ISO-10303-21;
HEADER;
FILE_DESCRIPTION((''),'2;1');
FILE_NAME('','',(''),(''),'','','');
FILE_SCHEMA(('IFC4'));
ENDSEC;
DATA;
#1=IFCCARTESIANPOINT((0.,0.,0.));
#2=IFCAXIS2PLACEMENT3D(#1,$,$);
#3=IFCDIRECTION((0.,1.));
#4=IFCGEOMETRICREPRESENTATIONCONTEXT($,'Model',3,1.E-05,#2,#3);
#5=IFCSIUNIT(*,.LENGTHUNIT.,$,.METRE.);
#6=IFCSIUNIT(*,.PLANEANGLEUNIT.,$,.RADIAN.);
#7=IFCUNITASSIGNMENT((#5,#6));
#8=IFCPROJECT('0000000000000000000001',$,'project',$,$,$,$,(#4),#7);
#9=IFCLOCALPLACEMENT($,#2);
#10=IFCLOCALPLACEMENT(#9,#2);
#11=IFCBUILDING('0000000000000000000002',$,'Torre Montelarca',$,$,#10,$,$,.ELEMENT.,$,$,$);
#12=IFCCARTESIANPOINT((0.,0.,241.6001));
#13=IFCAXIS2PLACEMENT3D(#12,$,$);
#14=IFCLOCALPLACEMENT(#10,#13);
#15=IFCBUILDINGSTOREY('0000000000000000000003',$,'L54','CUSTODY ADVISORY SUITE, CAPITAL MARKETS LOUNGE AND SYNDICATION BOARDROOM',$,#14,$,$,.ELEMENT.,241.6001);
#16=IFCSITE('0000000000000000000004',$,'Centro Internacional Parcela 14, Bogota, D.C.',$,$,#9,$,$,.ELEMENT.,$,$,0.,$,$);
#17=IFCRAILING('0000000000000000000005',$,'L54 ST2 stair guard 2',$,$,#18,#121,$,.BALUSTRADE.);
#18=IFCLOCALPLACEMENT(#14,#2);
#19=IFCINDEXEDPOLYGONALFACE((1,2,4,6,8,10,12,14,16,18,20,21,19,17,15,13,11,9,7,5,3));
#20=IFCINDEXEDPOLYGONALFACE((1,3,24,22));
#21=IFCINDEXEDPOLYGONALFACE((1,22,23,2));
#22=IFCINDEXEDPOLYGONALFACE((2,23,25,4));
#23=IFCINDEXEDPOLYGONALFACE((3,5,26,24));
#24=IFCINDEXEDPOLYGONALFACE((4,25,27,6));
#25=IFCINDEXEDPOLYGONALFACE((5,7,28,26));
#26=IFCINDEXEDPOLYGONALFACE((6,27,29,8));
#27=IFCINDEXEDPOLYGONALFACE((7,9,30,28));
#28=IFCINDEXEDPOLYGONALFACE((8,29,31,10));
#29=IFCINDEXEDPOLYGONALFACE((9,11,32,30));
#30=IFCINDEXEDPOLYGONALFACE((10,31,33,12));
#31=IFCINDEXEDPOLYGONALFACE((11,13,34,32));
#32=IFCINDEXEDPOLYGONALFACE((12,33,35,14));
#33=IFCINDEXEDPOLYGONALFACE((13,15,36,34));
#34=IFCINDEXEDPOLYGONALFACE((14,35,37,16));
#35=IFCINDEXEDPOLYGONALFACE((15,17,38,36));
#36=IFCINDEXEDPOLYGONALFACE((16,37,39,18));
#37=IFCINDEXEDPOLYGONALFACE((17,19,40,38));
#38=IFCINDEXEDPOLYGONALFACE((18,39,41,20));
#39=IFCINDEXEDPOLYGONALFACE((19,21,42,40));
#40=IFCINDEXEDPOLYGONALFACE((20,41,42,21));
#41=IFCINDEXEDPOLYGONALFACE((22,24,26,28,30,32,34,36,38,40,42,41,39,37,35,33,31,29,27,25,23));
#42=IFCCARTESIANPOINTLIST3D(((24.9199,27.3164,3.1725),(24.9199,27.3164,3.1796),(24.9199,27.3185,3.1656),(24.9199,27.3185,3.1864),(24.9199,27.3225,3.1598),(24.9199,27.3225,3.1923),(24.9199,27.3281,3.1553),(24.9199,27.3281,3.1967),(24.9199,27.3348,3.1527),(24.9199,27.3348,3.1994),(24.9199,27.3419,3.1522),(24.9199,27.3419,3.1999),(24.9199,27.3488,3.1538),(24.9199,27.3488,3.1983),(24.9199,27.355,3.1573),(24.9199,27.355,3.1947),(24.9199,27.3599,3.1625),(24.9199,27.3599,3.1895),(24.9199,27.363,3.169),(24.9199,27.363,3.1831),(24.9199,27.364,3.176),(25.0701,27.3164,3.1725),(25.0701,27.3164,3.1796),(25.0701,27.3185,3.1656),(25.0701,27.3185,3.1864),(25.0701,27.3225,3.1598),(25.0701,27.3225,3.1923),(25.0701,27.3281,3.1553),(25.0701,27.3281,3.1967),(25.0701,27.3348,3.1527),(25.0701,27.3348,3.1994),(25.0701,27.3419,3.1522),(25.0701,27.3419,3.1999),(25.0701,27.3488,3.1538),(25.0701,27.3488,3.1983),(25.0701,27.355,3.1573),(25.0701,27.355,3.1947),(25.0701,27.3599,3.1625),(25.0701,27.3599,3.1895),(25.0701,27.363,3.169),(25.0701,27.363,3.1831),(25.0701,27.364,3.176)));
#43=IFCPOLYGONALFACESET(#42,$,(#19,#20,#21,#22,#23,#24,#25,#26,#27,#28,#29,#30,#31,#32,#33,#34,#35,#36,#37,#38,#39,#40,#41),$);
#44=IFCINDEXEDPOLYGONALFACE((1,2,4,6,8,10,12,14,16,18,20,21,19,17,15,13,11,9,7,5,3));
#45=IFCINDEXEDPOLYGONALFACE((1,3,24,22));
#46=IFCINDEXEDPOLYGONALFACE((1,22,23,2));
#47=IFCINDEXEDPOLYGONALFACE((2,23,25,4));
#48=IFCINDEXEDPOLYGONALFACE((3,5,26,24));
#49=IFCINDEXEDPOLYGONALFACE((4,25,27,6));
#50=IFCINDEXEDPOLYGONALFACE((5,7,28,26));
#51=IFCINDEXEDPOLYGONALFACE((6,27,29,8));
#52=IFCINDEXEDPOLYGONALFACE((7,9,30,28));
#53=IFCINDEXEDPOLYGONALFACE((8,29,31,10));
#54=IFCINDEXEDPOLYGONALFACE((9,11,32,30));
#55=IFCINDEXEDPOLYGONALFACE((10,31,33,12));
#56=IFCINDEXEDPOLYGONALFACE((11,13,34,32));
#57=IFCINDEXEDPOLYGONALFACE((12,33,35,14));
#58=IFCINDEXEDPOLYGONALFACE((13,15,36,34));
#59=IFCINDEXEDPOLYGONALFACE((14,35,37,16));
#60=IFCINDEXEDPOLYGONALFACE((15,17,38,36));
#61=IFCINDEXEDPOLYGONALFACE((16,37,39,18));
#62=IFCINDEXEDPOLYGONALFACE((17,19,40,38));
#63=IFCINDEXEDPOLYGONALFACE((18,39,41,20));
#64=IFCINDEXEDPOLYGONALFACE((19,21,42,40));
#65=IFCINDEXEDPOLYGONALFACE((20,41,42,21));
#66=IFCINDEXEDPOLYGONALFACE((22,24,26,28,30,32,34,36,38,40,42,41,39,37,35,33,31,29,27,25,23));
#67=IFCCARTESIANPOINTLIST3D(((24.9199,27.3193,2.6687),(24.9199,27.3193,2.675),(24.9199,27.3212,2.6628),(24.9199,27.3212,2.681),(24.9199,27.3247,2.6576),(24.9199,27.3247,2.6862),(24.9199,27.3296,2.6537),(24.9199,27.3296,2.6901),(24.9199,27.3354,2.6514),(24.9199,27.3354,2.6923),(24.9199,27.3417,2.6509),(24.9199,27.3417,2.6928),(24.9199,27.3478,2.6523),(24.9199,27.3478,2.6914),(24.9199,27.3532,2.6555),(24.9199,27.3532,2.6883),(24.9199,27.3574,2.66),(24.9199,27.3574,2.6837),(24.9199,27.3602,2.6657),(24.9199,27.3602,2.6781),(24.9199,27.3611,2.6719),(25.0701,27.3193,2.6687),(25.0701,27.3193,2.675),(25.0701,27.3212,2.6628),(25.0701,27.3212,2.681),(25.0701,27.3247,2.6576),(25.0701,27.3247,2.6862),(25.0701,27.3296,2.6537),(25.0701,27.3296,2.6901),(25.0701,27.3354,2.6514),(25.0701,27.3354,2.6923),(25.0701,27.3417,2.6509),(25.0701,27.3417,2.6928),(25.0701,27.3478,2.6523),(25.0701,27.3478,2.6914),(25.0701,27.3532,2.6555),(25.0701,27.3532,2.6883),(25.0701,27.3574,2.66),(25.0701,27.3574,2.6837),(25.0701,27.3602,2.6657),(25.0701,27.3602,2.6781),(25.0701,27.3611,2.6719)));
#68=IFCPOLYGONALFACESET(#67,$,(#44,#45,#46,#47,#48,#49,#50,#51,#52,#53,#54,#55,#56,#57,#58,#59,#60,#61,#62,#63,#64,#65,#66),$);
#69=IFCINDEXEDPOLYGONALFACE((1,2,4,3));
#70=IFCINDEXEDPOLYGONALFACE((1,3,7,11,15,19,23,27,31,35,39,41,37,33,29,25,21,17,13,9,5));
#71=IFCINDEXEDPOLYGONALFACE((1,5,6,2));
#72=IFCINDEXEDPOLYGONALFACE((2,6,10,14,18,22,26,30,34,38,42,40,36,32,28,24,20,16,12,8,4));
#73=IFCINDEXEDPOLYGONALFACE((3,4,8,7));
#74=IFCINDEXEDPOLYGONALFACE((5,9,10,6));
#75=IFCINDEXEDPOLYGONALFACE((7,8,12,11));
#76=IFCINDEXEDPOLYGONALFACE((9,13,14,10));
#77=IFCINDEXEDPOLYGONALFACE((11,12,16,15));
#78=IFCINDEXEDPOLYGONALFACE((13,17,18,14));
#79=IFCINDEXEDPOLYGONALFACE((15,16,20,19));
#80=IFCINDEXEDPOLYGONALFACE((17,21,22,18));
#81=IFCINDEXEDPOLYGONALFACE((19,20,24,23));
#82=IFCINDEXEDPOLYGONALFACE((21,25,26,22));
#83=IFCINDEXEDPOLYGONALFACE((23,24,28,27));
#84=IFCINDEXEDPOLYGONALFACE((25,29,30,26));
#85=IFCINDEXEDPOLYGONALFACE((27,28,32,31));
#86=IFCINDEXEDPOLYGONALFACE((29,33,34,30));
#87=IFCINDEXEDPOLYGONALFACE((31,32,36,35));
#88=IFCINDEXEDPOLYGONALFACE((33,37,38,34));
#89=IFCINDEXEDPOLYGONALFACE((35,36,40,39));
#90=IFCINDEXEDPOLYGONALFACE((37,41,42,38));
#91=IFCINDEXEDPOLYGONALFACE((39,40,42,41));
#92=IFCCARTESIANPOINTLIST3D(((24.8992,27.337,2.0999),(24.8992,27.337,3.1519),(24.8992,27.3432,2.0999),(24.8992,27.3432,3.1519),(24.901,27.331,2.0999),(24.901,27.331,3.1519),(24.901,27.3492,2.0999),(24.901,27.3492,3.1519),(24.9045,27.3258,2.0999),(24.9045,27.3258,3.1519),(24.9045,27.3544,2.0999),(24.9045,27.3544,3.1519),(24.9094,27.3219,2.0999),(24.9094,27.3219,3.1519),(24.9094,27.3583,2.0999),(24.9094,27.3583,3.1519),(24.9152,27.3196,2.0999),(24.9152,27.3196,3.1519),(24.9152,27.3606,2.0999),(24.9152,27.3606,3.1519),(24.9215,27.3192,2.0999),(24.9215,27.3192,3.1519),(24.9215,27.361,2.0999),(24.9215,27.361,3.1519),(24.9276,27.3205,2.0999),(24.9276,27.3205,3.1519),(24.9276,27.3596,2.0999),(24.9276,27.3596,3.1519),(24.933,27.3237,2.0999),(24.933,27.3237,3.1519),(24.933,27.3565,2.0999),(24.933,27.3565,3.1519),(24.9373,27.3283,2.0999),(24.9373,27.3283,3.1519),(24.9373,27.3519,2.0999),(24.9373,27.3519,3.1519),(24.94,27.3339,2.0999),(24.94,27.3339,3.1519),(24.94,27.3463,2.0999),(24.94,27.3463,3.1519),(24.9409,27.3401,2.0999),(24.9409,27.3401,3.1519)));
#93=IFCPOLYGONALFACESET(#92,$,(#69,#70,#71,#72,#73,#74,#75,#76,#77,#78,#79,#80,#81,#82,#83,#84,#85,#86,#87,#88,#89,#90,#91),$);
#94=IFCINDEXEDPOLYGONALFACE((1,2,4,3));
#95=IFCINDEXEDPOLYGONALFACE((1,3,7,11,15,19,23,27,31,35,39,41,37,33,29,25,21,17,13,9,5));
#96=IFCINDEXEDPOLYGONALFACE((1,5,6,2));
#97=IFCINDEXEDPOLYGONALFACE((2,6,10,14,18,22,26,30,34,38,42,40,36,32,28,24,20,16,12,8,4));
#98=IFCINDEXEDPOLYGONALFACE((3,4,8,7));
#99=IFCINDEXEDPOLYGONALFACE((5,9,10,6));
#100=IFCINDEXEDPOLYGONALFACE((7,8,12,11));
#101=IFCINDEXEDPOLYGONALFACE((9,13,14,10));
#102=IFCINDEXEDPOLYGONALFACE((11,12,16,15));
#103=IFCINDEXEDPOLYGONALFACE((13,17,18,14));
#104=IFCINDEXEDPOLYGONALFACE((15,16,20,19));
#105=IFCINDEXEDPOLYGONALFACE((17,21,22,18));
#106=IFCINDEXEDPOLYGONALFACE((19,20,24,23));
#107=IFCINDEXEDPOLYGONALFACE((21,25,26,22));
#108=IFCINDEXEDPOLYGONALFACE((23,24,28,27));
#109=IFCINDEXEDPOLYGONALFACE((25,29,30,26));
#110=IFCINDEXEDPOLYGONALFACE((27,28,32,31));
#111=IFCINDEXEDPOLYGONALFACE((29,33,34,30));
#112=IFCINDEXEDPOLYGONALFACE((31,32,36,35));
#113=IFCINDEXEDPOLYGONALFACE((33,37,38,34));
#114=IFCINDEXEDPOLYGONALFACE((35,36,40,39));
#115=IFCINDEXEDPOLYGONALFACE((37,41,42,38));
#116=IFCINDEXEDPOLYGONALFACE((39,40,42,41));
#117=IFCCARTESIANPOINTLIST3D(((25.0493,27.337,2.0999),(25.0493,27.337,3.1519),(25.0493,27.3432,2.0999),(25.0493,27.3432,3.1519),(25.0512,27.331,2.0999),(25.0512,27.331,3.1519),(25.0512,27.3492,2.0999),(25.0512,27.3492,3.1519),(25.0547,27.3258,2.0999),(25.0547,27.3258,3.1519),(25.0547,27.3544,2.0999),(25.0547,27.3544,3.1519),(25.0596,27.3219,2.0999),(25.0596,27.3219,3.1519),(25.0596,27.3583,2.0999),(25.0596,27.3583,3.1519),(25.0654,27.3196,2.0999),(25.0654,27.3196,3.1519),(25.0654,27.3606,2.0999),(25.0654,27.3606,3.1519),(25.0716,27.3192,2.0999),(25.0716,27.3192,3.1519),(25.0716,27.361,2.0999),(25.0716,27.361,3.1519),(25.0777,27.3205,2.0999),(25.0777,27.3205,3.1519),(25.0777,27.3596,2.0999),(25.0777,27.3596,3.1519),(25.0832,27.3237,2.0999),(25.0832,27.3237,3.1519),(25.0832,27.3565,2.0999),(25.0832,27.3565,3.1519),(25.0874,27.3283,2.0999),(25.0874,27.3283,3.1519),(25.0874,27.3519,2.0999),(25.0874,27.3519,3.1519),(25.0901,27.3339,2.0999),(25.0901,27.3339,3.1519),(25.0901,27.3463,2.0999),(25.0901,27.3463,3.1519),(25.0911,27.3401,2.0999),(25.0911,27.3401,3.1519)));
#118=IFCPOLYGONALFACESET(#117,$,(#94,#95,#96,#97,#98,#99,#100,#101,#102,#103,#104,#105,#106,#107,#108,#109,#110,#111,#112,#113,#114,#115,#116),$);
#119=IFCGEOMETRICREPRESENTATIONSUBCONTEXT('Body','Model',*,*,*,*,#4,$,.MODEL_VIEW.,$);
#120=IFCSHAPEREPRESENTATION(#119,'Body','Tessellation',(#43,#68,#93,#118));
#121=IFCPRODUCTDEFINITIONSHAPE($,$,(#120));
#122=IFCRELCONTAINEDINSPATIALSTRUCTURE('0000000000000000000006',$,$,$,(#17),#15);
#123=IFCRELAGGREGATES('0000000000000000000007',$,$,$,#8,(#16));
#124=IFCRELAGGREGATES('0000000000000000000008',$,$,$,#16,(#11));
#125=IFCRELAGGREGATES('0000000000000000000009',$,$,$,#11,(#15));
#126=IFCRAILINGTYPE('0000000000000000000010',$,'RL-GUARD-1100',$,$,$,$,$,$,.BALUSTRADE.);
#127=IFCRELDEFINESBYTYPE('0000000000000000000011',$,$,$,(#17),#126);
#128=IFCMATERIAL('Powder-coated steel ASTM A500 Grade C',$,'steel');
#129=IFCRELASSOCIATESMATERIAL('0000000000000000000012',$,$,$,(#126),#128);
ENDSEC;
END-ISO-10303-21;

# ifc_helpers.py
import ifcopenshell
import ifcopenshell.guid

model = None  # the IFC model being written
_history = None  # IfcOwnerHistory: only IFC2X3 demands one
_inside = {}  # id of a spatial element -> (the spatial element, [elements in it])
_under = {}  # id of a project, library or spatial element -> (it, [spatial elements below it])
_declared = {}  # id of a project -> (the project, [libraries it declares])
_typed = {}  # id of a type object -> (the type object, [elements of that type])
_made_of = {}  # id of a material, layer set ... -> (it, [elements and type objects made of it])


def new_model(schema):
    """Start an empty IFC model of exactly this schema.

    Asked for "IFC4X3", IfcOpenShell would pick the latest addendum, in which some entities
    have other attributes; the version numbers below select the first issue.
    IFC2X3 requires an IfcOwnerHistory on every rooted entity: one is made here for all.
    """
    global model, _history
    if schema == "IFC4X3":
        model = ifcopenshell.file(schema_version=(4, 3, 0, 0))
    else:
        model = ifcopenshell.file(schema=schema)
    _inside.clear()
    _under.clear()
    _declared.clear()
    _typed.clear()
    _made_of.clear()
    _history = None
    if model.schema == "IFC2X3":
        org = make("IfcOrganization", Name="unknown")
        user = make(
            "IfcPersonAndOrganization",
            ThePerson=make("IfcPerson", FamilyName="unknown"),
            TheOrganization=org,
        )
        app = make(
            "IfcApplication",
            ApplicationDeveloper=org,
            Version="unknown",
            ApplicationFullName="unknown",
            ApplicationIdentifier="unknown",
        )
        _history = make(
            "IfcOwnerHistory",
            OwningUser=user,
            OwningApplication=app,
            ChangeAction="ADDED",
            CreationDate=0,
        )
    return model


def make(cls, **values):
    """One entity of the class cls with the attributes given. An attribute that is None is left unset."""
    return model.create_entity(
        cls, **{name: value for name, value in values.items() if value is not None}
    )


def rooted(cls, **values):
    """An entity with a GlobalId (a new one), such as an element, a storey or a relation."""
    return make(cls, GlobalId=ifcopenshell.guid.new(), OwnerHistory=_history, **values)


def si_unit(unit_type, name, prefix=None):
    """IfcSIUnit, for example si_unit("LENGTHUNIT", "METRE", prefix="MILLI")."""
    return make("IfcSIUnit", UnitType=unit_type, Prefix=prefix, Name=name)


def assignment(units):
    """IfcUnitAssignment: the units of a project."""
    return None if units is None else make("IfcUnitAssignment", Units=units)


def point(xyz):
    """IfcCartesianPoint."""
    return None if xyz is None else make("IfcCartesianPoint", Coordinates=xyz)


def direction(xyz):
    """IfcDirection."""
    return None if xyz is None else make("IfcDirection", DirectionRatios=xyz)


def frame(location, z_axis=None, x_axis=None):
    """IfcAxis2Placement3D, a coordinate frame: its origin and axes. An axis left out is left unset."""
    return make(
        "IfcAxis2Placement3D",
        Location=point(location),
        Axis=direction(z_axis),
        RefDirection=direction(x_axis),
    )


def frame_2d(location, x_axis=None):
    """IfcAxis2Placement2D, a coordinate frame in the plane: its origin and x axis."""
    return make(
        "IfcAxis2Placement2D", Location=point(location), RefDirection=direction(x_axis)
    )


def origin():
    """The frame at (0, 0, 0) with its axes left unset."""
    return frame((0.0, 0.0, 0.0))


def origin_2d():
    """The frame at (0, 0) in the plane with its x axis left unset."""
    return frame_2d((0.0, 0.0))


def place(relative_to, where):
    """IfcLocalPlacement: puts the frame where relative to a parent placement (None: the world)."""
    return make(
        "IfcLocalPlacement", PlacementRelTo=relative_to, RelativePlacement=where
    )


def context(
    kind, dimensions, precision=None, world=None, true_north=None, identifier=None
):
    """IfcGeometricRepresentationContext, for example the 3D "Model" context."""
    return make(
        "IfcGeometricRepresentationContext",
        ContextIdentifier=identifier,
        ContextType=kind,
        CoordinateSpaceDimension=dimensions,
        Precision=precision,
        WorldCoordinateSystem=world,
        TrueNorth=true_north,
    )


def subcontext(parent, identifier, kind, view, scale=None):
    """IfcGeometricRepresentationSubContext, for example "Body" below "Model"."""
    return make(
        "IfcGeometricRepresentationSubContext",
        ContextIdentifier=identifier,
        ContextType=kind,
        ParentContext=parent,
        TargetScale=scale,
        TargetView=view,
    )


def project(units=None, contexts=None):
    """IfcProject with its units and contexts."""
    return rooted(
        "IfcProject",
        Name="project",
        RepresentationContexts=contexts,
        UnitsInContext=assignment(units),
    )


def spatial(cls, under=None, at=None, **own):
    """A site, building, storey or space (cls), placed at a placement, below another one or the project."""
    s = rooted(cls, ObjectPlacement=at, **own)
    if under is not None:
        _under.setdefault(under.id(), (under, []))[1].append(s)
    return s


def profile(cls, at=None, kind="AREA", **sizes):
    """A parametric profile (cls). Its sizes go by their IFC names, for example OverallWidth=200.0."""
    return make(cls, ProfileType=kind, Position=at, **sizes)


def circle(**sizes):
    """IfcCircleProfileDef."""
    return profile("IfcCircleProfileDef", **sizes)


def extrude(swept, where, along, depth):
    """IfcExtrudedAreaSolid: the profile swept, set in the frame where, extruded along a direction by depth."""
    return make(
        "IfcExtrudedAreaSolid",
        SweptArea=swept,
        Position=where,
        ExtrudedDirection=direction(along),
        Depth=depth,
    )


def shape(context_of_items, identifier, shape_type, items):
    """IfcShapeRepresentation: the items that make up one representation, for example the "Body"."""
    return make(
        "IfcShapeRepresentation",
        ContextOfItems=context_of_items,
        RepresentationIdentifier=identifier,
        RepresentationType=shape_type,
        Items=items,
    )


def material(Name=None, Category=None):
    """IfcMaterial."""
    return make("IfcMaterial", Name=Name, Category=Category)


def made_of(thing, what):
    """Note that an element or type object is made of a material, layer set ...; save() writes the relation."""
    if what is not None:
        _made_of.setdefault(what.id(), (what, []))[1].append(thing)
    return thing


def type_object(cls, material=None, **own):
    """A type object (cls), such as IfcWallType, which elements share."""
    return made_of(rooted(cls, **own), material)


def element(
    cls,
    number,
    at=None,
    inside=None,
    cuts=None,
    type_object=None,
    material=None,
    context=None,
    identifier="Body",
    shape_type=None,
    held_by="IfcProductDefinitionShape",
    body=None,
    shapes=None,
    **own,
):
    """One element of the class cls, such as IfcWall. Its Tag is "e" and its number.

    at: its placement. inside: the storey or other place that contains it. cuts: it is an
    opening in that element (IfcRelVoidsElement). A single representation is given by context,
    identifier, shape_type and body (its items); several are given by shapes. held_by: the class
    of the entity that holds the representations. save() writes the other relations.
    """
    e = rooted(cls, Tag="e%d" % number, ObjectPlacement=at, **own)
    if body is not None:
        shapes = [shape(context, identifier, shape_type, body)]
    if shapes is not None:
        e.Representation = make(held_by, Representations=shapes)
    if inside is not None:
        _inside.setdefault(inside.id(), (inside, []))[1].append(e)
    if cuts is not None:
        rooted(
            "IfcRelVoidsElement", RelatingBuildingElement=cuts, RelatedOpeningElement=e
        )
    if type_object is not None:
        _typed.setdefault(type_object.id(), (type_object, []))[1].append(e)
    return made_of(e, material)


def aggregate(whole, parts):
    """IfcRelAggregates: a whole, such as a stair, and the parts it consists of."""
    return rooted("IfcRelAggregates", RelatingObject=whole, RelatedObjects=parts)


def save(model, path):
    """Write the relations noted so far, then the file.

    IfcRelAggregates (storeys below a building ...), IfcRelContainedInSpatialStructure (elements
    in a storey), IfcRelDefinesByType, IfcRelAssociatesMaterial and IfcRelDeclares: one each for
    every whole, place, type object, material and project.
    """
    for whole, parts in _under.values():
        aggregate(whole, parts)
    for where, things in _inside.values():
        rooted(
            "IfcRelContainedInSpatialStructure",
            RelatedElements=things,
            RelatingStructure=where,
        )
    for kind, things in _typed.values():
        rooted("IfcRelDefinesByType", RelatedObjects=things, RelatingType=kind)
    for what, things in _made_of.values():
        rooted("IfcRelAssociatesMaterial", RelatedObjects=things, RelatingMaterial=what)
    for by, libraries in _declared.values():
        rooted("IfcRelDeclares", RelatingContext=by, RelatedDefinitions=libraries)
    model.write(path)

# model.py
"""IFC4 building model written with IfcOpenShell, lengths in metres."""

from ifc_helpers import new_model, si_unit, direction, frame, origin, origin_2d, place, context, subcontext, project, spatial, circle, extrude, material, type_object, element, save


model = new_model("IFC4")

# Units and contexts
model_context = context("Model", 3, precision=1e-05, world=origin(), true_north=direction((0.0, 1.0)))
body_context = subcontext(model_context, "Body", "Model", "MODEL_VIEW")
ifc_project = project(units=[si_unit("LENGTHUNIT", "METRE"), si_unit("PLANEANGLEUNIT", "RADIAN")], contexts=[model_context])

# Site, building, storey
site_placement = place(None, origin())
site = spatial("IfcSite", under=ifc_project, at=site_placement, Name="Centro Internacional Parcela 14, Bogota, D.C.", CompositionType="ELEMENT", RefElevation=0.0)
building_placement = place(site_placement, origin())
building = spatial("IfcBuilding", under=site, at=building_placement, Name="Torre Montelarca", CompositionType="ELEMENT")
storey_placement = place(building_placement, frame((0.0, 0.0, 241.6001)))
storey = spatial("IfcBuildingStorey", under=building, at=storey_placement, Name="L54", Description="CUSTODY ADVISORY SUITE, CAPITAL MARKETS LOUNGE AND SYNDICATION BOARDROOM", CompositionType="ELEMENT", Elevation=241.6001)

# Railing
ifc_material_1 = material(Name="Powder-coated steel ASTM A500 Grade C", Category="steel")
railing_type_1 = type_object("IfcRailingType", Name="RL-GUARD-1100", PredefinedType="BALUSTRADE", material=ifc_material_1)
railing_1_placement = place(storey_placement, frame((24.9199, 27.3401, 2.0999)))
element("IfcRailing", 1, at=railing_1_placement, inside=storey, type_object=railing_type_1, Name="L54 ST2 stair guard 2", PredefinedType="BALUSTRADE", context=body_context, shape_type="SweptSolid", body=[
    extrude(circle(Radius=0.0239, at=origin_2d()), frame((0.0, 0.0, 1.0762), z_axis=(1.0, 0.0, 0.0), x_axis=(0.0, 1.0, 0.0)), (0.0, 0.0, 1.0), 0.1501),
    extrude(circle(Radius=0.021, at=origin_2d()), frame((0.0, 0.0, 0.572), z_axis=(1.0, 0.0, 0.0), x_axis=(0.0, 1.0, 0.0)), (0.0, 0.0, 1.0), 0.1501),
    extrude(circle(Radius=0.021, at=origin_2d()), origin(), (0.0, 0.0, 1.0), 1.052),
    extrude(circle(Radius=0.021, at=origin_2d()), frame((0.1501, 0.0, 0.0)), (0.0, 0.0, 1.0), 1.052),
])

save(model, "model.ifc")
